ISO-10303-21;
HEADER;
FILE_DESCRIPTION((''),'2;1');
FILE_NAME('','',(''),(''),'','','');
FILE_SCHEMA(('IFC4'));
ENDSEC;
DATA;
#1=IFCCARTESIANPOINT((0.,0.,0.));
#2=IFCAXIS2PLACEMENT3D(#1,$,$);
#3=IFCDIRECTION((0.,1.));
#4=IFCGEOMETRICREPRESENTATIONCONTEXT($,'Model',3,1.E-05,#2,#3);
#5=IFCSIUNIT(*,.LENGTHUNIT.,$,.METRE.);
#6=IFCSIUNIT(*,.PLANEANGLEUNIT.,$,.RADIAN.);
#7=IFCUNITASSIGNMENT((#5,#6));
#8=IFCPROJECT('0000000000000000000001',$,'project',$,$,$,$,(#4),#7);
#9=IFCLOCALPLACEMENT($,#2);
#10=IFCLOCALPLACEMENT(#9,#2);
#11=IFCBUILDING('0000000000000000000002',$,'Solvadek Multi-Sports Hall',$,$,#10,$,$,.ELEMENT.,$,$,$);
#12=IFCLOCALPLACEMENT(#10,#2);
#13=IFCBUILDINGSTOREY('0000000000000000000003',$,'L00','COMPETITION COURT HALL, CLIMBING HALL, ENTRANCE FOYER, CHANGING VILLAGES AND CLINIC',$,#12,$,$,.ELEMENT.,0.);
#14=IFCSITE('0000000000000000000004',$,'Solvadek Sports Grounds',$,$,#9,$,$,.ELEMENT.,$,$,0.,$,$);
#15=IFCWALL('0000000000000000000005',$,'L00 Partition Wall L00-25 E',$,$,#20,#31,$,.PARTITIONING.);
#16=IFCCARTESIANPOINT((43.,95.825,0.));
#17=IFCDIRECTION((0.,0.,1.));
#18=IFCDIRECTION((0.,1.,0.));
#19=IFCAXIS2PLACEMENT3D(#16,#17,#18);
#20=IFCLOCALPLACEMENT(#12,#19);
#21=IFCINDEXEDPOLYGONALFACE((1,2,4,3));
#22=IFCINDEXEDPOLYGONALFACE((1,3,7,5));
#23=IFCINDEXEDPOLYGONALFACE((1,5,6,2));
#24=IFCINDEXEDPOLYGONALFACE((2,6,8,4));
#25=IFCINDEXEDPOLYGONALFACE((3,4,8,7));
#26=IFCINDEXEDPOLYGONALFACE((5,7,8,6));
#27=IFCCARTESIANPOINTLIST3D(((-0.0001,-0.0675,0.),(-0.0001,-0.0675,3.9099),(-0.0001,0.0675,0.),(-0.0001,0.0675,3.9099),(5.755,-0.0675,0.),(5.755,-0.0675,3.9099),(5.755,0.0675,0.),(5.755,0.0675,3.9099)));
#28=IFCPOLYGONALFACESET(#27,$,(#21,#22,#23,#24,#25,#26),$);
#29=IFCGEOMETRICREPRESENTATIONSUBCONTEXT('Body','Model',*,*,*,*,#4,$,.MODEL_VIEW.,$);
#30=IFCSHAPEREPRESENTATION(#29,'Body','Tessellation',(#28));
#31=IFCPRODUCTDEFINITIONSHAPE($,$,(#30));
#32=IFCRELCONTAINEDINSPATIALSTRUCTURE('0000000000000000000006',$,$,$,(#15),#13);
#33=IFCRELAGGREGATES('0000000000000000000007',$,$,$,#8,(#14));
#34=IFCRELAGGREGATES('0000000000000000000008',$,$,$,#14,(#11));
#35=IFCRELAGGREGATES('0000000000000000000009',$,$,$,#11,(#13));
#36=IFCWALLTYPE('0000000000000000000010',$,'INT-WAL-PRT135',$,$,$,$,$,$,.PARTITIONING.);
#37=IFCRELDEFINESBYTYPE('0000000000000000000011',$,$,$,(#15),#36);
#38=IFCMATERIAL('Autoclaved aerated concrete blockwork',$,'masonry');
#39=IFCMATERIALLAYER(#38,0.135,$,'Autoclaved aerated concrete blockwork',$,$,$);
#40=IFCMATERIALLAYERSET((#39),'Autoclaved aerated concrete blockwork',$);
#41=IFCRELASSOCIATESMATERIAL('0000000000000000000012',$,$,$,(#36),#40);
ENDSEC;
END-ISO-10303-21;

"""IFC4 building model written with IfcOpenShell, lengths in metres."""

from ifc_helpers import new_model, si_unit, direction, frame, frame_2d, origin, place, context, subcontext, project, spatial, rectangle, extrude, material, layer, layer_set, type_object, element, save


model = new_model("IFC4")

# Units and contexts
model_context = context("Model", 3, precision=1e-05, world=origin(), true_north=direction((0.0, 1.0)))
body_context = subcontext(model_context, "Body", "Model", "MODEL_VIEW")
ifc_project = project(units=[si_unit("LENGTHUNIT", "METRE"), si_unit("PLANEANGLEUNIT", "RADIAN")], contexts=[model_context])

# Site, building, storey
site_placement = place(None, origin())
site = spatial("IfcSite", under=ifc_project, at=site_placement, Name="Solvadek Sports Grounds", CompositionType="ELEMENT", RefElevation=0.0)
building_placement = place(site_placement, origin())
building = spatial("IfcBuilding", under=site, at=building_placement, Name="Solvadek Multi-Sports Hall", CompositionType="ELEMENT")
storey_placement = place(building_placement, origin())
storey = spatial("IfcBuildingStorey", under=building, at=storey_placement, Name="L00", Description="COMPETITION COURT HALL, CLIMBING HALL, ENTRANCE FOYER, CHANGING VILLAGES AND CLINIC", CompositionType="ELEMENT", Elevation=0.0)

# Shared definitions
ifc_material_1 = material(Name="Autoclaved aerated concrete blockwork", Category="masonry")
ifc_layer_1 = layer(ifc_material_1, 0.135, Name="Autoclaved aerated concrete blockwork")
ifc_layer_set_1 = layer_set([ifc_layer_1], Name="Autoclaved aerated concrete blockwork")
wall_type_1 = type_object("IfcWallType", Name="INT-WAL-PRT135", PredefinedType="PARTITIONING", material=ifc_layer_set_1)

# Wall
wall_1_placement = place(storey_placement, frame((43.0, 95.825, 0.0), z_axis=(0.0, 0.0, 1.0), x_axis=(0.0, 1.0, 0.0)))
element("IfcWall", 1, at=wall_1_placement, inside=storey, type_object=wall_type_1, Name="L00 Partition Wall L00-25 E", PredefinedType="PARTITIONING", context=body_context, shape_type="SweptSolid", body=[
    extrude(rectangle(XDim=5.7551, YDim=0.135, at=frame_2d((2.8774, 0.0))), origin(), (0.0, 0.0, 1.0), 3.9099),
])

save(model, "model.ifc")
